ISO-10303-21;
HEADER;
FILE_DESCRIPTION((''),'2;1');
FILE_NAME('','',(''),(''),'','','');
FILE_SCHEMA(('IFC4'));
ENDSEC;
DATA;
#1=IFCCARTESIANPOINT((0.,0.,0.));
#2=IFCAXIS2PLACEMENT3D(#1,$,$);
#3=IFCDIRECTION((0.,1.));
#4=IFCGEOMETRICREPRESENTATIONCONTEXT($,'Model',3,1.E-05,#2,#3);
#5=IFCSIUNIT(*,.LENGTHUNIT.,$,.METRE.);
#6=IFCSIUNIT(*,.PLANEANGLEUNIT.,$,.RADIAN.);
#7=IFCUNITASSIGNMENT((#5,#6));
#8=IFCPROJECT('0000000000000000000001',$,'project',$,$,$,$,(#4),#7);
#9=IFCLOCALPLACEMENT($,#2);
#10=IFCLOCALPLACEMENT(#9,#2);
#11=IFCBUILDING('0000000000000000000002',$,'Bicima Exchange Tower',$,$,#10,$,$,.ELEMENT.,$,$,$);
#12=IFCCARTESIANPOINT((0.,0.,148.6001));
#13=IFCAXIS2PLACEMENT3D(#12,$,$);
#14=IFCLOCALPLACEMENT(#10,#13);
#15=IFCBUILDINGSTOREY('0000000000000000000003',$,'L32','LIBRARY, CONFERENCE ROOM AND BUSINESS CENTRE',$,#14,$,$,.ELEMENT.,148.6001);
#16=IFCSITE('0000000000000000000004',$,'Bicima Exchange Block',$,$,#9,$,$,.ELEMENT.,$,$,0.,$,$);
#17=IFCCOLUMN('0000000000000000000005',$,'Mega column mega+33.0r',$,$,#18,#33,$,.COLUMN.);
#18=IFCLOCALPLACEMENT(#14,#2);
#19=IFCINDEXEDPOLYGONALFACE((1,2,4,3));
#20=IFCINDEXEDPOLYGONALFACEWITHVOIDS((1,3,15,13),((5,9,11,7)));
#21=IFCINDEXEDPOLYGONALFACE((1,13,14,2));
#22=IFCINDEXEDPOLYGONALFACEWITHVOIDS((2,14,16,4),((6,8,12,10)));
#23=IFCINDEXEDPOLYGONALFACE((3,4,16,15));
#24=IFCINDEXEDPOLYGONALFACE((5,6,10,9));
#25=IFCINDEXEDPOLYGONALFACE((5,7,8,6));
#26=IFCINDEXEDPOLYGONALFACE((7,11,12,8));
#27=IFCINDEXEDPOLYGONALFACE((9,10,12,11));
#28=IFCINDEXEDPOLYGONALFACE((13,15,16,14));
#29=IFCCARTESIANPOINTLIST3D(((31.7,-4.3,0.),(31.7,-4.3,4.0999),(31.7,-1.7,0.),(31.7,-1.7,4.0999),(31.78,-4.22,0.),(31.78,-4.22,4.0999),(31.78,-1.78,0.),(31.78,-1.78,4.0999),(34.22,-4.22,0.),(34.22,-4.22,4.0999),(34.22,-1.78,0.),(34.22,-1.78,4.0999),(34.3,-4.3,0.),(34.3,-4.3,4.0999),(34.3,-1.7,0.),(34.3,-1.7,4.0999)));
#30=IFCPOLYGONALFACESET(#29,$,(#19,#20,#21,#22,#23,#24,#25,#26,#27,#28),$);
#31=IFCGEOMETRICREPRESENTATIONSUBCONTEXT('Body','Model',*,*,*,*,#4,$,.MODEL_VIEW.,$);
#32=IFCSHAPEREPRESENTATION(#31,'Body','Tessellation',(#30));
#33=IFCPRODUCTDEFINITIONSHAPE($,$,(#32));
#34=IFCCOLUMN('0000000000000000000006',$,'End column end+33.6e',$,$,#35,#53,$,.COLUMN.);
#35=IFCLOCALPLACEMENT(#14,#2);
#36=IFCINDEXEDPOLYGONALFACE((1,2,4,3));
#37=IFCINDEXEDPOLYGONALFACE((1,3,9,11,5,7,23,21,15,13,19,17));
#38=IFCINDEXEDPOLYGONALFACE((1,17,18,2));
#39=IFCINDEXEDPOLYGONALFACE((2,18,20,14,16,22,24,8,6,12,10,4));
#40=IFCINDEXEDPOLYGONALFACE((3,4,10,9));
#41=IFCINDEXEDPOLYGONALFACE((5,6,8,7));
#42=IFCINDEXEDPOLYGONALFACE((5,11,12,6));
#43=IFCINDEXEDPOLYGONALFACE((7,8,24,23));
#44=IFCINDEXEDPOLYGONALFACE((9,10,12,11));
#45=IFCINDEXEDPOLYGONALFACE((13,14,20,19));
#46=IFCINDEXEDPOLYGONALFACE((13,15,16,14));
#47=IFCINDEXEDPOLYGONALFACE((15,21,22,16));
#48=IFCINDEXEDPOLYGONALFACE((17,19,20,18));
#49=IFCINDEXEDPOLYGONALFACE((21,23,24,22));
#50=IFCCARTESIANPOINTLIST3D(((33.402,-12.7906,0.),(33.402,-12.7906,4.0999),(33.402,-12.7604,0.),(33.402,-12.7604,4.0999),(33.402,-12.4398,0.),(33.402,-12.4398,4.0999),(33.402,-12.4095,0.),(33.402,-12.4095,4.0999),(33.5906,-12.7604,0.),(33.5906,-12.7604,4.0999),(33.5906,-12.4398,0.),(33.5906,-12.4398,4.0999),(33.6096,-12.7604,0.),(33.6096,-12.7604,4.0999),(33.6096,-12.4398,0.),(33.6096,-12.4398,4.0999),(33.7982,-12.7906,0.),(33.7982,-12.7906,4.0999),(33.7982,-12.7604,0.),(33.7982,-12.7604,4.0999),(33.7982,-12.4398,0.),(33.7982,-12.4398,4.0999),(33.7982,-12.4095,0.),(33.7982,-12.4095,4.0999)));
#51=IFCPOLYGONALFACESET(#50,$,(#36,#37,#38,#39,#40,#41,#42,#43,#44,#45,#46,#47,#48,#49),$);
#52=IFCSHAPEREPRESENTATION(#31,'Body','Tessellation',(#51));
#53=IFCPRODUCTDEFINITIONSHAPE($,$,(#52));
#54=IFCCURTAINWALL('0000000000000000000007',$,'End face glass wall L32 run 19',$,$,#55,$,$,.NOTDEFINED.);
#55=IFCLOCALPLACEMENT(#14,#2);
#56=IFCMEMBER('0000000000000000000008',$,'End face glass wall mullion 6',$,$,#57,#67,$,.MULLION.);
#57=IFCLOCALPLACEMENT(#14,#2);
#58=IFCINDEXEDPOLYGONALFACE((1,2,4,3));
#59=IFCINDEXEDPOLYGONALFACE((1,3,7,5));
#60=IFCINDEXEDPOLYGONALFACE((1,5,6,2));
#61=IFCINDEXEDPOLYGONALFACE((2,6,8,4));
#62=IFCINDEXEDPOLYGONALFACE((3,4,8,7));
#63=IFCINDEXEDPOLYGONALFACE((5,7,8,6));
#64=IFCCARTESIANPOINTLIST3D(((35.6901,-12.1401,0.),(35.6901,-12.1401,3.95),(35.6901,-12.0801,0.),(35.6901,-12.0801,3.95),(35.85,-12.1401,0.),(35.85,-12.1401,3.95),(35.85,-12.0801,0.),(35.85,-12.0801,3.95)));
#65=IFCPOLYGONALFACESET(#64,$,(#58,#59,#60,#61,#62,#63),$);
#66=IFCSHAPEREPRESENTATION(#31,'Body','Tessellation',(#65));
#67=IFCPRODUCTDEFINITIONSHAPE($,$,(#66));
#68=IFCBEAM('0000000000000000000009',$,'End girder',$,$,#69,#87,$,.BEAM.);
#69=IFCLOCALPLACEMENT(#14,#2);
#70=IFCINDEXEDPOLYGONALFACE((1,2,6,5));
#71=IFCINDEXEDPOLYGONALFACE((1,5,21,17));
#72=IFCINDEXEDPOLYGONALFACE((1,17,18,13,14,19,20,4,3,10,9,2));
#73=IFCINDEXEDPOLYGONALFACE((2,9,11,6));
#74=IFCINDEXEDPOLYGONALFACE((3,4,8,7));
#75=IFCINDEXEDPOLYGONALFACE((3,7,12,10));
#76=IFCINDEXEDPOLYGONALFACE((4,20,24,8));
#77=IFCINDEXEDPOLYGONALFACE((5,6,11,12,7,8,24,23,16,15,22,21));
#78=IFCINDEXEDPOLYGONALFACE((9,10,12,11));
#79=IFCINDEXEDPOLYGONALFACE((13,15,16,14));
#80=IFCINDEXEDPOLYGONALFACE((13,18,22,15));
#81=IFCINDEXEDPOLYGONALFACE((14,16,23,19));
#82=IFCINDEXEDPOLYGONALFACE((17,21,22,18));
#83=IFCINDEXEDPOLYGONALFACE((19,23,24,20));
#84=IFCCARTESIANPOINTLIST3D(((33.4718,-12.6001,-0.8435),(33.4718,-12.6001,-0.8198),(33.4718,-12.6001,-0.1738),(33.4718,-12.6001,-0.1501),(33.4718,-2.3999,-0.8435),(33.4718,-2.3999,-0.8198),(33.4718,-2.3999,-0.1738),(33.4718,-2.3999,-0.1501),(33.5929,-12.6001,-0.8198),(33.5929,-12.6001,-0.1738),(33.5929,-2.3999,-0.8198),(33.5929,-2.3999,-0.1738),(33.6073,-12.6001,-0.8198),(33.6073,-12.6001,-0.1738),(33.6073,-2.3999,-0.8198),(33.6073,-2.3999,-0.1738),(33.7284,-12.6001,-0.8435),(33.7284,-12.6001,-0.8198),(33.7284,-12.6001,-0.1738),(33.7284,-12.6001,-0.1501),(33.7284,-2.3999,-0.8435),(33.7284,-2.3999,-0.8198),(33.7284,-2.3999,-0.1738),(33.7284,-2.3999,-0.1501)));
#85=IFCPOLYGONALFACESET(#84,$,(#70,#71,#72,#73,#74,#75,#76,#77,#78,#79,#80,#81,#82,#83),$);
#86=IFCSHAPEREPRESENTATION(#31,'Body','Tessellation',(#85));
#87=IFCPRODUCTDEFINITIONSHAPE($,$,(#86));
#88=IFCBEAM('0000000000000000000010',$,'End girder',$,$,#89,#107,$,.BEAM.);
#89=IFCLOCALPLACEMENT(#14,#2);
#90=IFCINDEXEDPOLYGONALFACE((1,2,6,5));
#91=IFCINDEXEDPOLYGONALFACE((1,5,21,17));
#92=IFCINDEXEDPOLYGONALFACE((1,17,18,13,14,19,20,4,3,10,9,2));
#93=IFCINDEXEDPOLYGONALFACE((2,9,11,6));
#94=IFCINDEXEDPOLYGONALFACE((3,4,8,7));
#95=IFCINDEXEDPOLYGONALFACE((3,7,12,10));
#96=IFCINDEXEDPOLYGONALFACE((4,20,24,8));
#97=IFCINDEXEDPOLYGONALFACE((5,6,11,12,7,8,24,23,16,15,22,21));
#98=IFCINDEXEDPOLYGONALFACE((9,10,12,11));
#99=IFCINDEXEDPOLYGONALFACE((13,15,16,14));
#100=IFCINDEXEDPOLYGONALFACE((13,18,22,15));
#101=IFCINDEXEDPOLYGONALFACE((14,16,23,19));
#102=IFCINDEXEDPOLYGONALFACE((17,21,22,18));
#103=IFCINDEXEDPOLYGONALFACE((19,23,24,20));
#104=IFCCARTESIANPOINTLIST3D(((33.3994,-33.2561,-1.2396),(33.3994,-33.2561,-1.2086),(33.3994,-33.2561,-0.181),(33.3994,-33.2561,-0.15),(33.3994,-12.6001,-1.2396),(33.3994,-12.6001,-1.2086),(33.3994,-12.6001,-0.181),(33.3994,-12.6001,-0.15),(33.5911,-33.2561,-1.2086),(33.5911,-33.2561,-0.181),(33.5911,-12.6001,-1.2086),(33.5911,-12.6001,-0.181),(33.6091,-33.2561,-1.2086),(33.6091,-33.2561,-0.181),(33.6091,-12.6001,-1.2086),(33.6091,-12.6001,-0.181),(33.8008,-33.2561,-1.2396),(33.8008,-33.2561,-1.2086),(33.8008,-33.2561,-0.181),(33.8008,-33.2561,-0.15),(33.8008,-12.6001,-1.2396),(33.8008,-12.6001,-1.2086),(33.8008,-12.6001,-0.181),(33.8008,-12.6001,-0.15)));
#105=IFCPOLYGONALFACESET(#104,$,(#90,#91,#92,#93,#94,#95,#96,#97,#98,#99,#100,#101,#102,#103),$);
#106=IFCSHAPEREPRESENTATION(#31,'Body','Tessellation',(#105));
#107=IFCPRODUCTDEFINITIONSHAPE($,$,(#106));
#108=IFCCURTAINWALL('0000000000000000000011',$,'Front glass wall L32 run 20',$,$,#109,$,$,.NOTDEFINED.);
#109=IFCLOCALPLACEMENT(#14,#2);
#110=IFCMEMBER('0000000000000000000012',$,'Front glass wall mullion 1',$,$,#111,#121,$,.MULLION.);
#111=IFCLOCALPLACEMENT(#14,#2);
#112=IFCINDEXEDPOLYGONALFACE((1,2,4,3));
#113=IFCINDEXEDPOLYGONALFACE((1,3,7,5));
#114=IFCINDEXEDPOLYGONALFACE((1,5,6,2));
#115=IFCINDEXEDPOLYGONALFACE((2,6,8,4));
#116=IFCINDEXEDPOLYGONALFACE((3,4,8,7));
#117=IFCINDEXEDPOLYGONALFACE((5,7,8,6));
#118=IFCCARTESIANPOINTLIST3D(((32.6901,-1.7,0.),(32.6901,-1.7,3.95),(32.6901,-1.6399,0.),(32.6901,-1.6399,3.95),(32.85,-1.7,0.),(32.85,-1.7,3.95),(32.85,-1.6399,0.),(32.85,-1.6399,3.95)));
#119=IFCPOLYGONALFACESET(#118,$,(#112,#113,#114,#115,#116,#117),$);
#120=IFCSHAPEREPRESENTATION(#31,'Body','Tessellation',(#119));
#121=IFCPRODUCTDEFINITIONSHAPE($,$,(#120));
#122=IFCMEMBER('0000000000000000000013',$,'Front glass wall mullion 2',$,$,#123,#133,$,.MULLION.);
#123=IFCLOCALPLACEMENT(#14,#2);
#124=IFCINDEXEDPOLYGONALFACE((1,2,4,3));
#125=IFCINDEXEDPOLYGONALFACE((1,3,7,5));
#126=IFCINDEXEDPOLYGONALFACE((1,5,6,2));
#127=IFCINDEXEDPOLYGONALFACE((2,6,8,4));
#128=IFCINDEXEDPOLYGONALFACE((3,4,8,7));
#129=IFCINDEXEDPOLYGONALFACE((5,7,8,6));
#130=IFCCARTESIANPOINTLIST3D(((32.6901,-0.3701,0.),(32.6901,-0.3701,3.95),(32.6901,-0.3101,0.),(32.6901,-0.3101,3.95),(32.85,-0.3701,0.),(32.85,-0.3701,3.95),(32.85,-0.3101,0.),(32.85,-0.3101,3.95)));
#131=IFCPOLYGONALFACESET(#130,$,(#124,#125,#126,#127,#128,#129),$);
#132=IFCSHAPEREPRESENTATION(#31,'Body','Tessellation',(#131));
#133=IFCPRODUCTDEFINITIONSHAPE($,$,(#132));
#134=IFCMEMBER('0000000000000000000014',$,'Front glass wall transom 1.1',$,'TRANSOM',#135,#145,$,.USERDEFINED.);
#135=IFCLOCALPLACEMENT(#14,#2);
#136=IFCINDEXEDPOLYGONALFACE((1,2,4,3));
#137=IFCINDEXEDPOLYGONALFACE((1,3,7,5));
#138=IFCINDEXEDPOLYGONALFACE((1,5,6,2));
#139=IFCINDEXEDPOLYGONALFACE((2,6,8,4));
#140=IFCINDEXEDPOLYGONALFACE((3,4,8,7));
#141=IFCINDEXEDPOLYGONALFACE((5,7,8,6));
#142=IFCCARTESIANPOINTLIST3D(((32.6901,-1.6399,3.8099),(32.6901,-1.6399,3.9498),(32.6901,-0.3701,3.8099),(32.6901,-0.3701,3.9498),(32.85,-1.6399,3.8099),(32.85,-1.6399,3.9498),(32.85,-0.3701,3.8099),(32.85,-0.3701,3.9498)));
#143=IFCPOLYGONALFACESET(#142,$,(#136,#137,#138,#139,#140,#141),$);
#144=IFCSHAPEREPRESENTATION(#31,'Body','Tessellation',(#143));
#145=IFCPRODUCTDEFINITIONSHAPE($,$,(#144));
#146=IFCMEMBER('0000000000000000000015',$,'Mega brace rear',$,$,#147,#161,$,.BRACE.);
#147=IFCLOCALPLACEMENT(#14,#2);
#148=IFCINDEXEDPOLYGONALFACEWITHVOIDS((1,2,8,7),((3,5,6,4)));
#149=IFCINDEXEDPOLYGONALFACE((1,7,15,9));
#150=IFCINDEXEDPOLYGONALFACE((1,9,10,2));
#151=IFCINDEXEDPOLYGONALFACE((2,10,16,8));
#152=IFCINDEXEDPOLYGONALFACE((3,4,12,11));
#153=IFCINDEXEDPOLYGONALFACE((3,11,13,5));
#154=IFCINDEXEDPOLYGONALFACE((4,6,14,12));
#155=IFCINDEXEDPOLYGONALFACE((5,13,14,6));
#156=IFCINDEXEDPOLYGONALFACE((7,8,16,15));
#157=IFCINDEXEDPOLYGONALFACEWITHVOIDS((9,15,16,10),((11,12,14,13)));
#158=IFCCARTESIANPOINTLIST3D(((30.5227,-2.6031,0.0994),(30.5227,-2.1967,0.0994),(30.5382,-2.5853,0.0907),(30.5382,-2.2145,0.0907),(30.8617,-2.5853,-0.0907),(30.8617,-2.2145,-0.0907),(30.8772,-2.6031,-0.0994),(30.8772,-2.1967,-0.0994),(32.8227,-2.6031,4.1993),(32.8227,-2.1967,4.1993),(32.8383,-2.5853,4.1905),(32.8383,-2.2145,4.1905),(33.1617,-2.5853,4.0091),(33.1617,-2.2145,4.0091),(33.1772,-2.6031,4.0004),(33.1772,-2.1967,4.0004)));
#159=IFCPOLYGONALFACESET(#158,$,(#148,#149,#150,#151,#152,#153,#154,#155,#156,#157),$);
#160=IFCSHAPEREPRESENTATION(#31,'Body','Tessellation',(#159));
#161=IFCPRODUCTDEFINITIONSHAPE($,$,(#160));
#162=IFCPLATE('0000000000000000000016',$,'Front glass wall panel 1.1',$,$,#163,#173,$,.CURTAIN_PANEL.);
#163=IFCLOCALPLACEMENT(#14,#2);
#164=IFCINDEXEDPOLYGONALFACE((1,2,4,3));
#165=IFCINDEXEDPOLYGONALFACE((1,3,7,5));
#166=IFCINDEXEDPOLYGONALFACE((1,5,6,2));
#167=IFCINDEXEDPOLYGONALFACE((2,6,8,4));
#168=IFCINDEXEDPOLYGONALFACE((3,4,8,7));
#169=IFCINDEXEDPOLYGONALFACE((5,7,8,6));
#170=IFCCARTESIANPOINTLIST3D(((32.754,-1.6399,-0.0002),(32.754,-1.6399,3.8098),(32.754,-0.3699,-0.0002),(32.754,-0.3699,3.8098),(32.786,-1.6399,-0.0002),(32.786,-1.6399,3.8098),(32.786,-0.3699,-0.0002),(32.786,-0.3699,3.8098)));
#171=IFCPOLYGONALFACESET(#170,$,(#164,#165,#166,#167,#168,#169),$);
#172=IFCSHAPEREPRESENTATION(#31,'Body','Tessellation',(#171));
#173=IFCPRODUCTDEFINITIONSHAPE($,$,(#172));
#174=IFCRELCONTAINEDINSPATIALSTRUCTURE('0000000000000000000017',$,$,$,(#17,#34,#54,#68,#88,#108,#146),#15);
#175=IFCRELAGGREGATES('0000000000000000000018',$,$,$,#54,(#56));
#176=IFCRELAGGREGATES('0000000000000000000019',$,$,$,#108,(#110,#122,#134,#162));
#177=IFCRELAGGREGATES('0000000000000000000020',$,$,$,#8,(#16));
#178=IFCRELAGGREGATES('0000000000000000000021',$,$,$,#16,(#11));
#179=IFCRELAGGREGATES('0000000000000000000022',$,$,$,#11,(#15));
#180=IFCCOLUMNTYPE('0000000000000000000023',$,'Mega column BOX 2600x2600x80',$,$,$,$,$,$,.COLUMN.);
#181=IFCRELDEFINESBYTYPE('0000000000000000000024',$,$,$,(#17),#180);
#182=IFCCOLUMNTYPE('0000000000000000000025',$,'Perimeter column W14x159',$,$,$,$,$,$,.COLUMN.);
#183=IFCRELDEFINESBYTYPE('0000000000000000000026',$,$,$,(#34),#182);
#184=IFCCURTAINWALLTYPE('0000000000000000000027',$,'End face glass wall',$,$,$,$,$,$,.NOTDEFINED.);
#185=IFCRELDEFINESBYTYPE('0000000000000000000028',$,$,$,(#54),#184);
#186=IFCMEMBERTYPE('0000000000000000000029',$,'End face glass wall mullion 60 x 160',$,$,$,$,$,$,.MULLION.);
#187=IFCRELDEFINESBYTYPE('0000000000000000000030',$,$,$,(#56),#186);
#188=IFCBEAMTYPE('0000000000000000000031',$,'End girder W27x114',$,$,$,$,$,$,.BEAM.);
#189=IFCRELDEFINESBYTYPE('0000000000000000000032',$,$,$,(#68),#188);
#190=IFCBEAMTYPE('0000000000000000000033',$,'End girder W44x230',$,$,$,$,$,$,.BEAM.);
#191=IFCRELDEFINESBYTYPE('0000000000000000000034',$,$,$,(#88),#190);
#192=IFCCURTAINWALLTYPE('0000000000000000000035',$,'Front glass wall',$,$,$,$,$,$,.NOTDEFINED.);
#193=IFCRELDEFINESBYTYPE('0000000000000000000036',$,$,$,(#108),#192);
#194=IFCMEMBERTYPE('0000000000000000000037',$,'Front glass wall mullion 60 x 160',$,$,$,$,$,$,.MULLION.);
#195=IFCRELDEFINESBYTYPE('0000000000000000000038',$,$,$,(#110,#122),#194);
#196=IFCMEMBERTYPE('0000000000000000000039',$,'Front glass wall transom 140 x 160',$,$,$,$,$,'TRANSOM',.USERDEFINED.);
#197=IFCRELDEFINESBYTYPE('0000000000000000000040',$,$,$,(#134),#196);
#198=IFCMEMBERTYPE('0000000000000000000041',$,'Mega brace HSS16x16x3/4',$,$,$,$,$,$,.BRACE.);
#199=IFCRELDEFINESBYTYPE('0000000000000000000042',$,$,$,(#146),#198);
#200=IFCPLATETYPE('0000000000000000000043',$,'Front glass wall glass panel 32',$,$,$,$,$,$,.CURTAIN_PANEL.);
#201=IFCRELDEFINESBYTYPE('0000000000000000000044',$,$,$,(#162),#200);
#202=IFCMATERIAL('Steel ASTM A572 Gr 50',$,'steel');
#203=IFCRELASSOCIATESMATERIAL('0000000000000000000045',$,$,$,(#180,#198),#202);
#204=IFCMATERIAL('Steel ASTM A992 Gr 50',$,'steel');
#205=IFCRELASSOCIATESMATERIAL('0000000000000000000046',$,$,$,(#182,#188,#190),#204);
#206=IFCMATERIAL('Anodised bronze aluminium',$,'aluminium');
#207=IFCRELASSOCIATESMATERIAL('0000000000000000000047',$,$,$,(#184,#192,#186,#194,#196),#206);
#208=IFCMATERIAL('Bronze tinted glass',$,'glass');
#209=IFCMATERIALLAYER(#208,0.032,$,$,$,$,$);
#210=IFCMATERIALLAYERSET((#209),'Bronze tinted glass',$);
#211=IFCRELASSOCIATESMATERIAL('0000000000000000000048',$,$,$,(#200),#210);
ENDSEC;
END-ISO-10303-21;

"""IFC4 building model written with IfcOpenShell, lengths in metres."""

from ifc_helpers import new_model, si_unit, direction, frame, origin, origin_2d, place, context, subcontext, project, spatial, rectangle, hollow_rectangle, i_section, extrude, material, layer, layer_set, material_profile, profile_set, type_object, element, aggregate, save


model = new_model("IFC4")

# Units and contexts
model_context = context("Model", 3, precision=1e-05, world=origin(), true_north=direction((0.0, 1.0)))
body_context = subcontext(model_context, "Body", "Model", "MODEL_VIEW")
ifc_project = project(units=[si_unit("LENGTHUNIT", "METRE"), si_unit("PLANEANGLEUNIT", "RADIAN")], contexts=[model_context])

# Site, building, storey
site_placement = place(None, origin())
site = spatial("IfcSite", under=ifc_project, at=site_placement, Name="Bicima Exchange Block", CompositionType="ELEMENT", RefElevation=0.0)
building_placement = place(site_placement, origin())
building = spatial("IfcBuilding", under=site, at=building_placement, Name="Bicima Exchange Tower", CompositionType="ELEMENT")
storey_placement = place(building_placement, frame((0.0, 0.0, 148.6001)))
storey = spatial("IfcBuildingStorey", under=building, at=storey_placement, Name="L32", Description="LIBRARY, CONFERENCE ROOM AND BUSINESS CENTRE", CompositionType="ELEMENT", Elevation=148.6001)

# Columns
ifc_material_1 = material(Name="Steel ASTM A572 Gr 50", Category="steel")
ifc_material_profile_1 = material_profile(ifc_material_1, hollow_rectangle(XDim=2.6001, YDim=2.6001, WallThickness=0.0801, at=origin_2d()))
ifc_profile_set_1 = profile_set([ifc_material_profile_1], Name="Steel ASTM A572 Gr 50")
column_type_1 = type_object("IfcColumnType", Name="Mega column BOX 2600x2600x80", PredefinedType="COLUMN", material=ifc_profile_set_1)
column_1_placement = place(storey_placement, frame((33.0, -3.0, 0.0), z_axis=(0.0, 0.0, 1.0), x_axis=(1.0, 0.0, 0.0)))
element("IfcColumn", 1, at=column_1_placement, inside=storey, type_object=column_type_1, Name="Mega column mega+33.0r", PredefinedType="COLUMN", context=body_context, shape_type="SweptSolid", body=[
    extrude(hollow_rectangle(XDim=2.6001, YDim=2.6001, WallThickness=0.0801, at=origin_2d()), origin(), (0.0, 0.0, 1.0), 4.0999),
])
ifc_material_2 = material(Name="Steel ASTM A992 Gr 50", Category="steel")
ifc_material_profile_2 = material_profile(ifc_material_2, i_section(OverallWidth=0.3962, OverallDepth=0.3811, WebThickness=0.019, FlangeThickness=0.0303, at=origin_2d()))
ifc_profile_set_2 = profile_set([ifc_material_profile_2], Name="Steel ASTM A992 Gr 50")
column_type_2 = type_object("IfcColumnType", Name="Perimeter column W14x159", PredefinedType="COLUMN", material=ifc_profile_set_2)
column_2_placement = place(storey_placement, frame((33.6001, -12.6001, 0.0), z_axis=(0.0, 0.0, 1.0), x_axis=(1.0, 0.0, 0.0)))
element("IfcColumn", 2, at=column_2_placement, inside=storey, type_object=column_type_2, Name="End column end+33.6e", PredefinedType="COLUMN", context=body_context, shape_type="SweptSolid", body=[
    extrude(i_section(OverallWidth=0.3962, OverallDepth=0.3811, WebThickness=0.019, FlangeThickness=0.0303, at=origin_2d()), origin(), (0.0, 0.0, 1.0), 4.0999),
])

# Curtain wall, member
ifc_material_3 = material(Name="Anodised bronze aluminium", Category="aluminium")
curtain_wall_type_1 = type_object("IfcCurtainWallType", Name="End face glass wall", PredefinedType="NOTDEFINED", material=ifc_material_3)
curtain_wall_1_placement = place(storey_placement, origin())
curtain_wall_1 = element("IfcCurtainWall", 3, at=curtain_wall_1_placement, inside=storey, type_object=curtain_wall_type_1, Name="End face glass wall L32 run 19", PredefinedType="NOTDEFINED")
ifc_material_profile_3 = material_profile(ifc_material_3, rectangle(XDim=0.1599, YDim=0.0601, at=origin_2d()))
ifc_profile_set_3 = profile_set([ifc_material_profile_3], Name="Anodised bronze aluminium")
member_type_1 = type_object("IfcMemberType", Name="End face glass wall mullion 60 x 160", PredefinedType="MULLION", material=ifc_profile_set_3)
member_1_placement = place(storey_placement, frame((35.77, -12.1101, 0.0), z_axis=(0.0, 0.0, 1.0), x_axis=(-1.0, 0.0, 0.0)))
member_1 = element("IfcMember", 4, at=member_1_placement, type_object=member_type_1, Name="End face glass wall mullion 6", PredefinedType="MULLION", context=body_context, shape_type="SweptSolid", body=[
    extrude(rectangle(XDim=0.1599, YDim=0.0601, at=origin_2d()), origin(), (0.0, 0.0, 1.0), 3.95),
])
aggregate(curtain_wall_1, [member_1])

# Beams
ifc_material_profile_4 = material_profile(ifc_material_2, i_section(OverallWidth=0.2566, OverallDepth=0.6934, WebThickness=0.0144, FlangeThickness=0.0237, at=origin_2d()))
ifc_profile_set_4 = profile_set([ifc_material_profile_4], Name="Steel ASTM A992 Gr 50")
beam_type_1 = type_object("IfcBeamType", Name="End girder W27x114", PredefinedType="BEAM", material=ifc_profile_set_4)
beam_1_placement = place(storey_placement, frame((33.6001, -2.3999, -0.4968), z_axis=(0.0, -1.0, 0.0), x_axis=(1.0, 0.0, 0.0)))
element("IfcBeam", 5, at=beam_1_placement, inside=storey, type_object=beam_type_1, Name="End girder", PredefinedType="BEAM", context=body_context, shape_type="SweptSolid", body=[
    extrude(i_section(OverallWidth=0.2566, OverallDepth=0.6934, WebThickness=0.0144, FlangeThickness=0.0237, at=origin_2d()), origin(), (0.0, 0.0, 1.0), 10.2002),
])
ifc_material_profile_5 = material_profile(ifc_material_2, i_section(OverallWidth=0.4014, OverallDepth=1.0896, WebThickness=0.0181, FlangeThickness=0.031, at=origin_2d()))
ifc_profile_set_5 = profile_set([ifc_material_profile_5], Name="Steel ASTM A992 Gr 50")
beam_type_2 = type_object("IfcBeamType", Name="End girder W44x230", PredefinedType="BEAM", material=ifc_profile_set_5)
beam_2_placement = place(storey_placement, frame((33.6001, -12.6001, -0.6948), z_axis=(0.0, -1.0, 0.0), x_axis=(1.0, 0.0, 0.0)))
element("IfcBeam", 6, at=beam_2_placement, inside=storey, type_object=beam_type_2, Name="End girder", PredefinedType="BEAM", context=body_context, shape_type="SweptSolid", body=[
    extrude(i_section(OverallWidth=0.4014, OverallDepth=1.0896, WebThickness=0.0181, FlangeThickness=0.031, at=origin_2d()), origin(), (0.0, 0.0, 1.0), 20.656),
])

# Curtain wall, members
curtain_wall_type_2 = type_object("IfcCurtainWallType", Name="Front glass wall", PredefinedType="NOTDEFINED", material=ifc_material_3)
curtain_wall_2_placement = place(storey_placement, origin())
curtain_wall_2 = element("IfcCurtainWall", 7, at=curtain_wall_2_placement, inside=storey, type_object=curtain_wall_type_2, Name="Front glass wall L32 run 20", PredefinedType="NOTDEFINED")
member_type_2 = type_object("IfcMemberType", Name="Front glass wall mullion 60 x 160", PredefinedType="MULLION", material=ifc_profile_set_3)
member_2_placement = place(storey_placement, frame((32.77, -1.6699, 0.0), z_axis=(0.0, 0.0, 1.0), x_axis=(-1.0, 0.0, 0.0)))
member_2 = element("IfcMember", 8, at=member_2_placement, type_object=member_type_2, Name="Front glass wall mullion 1", PredefinedType="MULLION", context=body_context, shape_type="SweptSolid", body=[
    extrude(rectangle(XDim=0.1599, YDim=0.0601, at=origin_2d()), origin(), (0.0, 0.0, 1.0), 3.95),
])
member_3_placement = place(storey_placement, frame((32.77, -0.3401, 0.0), z_axis=(0.0, 0.0, 1.0), x_axis=(-1.0, 0.0, 0.0)))
member_3 = element("IfcMember", 9, at=member_3_placement, type_object=member_type_2, Name="Front glass wall mullion 2", PredefinedType="MULLION", context=body_context, shape_type="SweptSolid", body=[
    extrude(rectangle(XDim=0.1599, YDim=0.0601, at=origin_2d()), origin(), (0.0, 0.0, 1.0), 3.95),
])
ifc_material_profile_6 = material_profile(ifc_material_3, rectangle(XDim=0.1599, YDim=0.1399, at=origin_2d()))
ifc_profile_set_6 = profile_set([ifc_material_profile_6], Name="Anodised bronze aluminium")
member_type_3 = type_object("IfcMemberType", Name="Front glass wall transom 140 x 160", ElementType="TRANSOM", PredefinedType="USERDEFINED", material=ifc_profile_set_6)
member_4_placement = place(storey_placement, frame((32.77, -1.6399, 3.8799), z_axis=(0.0, 1.0, 0.0), x_axis=(-1.0, 0.0, 0.0)))
member_4 = element("IfcMember", 10, at=member_4_placement, type_object=member_type_3, Name="Front glass wall transom 1.1", ObjectType="TRANSOM", PredefinedType="USERDEFINED", context=body_context, shape_type="SweptSolid", body=[
    extrude(rectangle(XDim=0.1599, YDim=0.1399, at=origin_2d()), origin(), (0.0, 0.0, 1.0), 1.2698),
])

# Member
ifc_material_profile_7 = material_profile(ifc_material_1, hollow_rectangle(XDim=0.4065, YDim=0.4065, WallThickness=0.0178, at=origin_2d()))
ifc_profile_set_7 = profile_set([ifc_material_profile_7], Name="Steel ASTM A572 Gr 50")
member_type_4 = type_object("IfcMemberType", Name="Mega brace HSS16x16x3/4", PredefinedType="BRACE", material=ifc_profile_set_7)
member_5_placement = place(storey_placement, frame((30.7, -2.3999, 0.0), z_axis=(0.489272, 0.0, 0.872131), x_axis=(0.0, 1.0, 0.0)))
element("IfcMember", 11, at=member_5_placement, inside=storey, type_object=member_type_4, Name="Mega brace rear", PredefinedType="BRACE", context=body_context, shape_type="SweptSolid", body=[
    extrude(hollow_rectangle(XDim=0.4065, YDim=0.4065, WallThickness=0.0178, at=origin_2d()), origin(), (0.0, 0.0, 1.0), 4.7009),
])

# Plate
ifc_material_4 = material(Name="Bronze tinted glass", Category="glass")
ifc_layer_1 = layer(ifc_material_4, 0.032)
ifc_layer_set_1 = layer_set([ifc_layer_1], Name="Bronze tinted glass")
plate_type = type_object("IfcPlateType", Name="Front glass wall glass panel 32", PredefinedType="CURTAIN_PANEL", material=ifc_layer_set_1)
plate_placement = place(storey_placement, frame((32.77, -1.0049, -0.0002), z_axis=(0.0, 0.0, 1.0), x_axis=(0.0, 1.0, 0.0)))
plate = element("IfcPlate", 12, at=plate_placement, type_object=plate_type, Name="Front glass wall panel 1.1", PredefinedType="CURTAIN_PANEL", context=body_context, shape_type="SweptSolid", body=[
    extrude(rectangle(XDim=1.27, YDim=0.032, at=origin_2d()), origin(), (0.0, 0.0, 1.0), 3.8101),
])
aggregate(curtain_wall_2, [member_2, member_3, member_4, plate])

save(model, "model.ifc")
